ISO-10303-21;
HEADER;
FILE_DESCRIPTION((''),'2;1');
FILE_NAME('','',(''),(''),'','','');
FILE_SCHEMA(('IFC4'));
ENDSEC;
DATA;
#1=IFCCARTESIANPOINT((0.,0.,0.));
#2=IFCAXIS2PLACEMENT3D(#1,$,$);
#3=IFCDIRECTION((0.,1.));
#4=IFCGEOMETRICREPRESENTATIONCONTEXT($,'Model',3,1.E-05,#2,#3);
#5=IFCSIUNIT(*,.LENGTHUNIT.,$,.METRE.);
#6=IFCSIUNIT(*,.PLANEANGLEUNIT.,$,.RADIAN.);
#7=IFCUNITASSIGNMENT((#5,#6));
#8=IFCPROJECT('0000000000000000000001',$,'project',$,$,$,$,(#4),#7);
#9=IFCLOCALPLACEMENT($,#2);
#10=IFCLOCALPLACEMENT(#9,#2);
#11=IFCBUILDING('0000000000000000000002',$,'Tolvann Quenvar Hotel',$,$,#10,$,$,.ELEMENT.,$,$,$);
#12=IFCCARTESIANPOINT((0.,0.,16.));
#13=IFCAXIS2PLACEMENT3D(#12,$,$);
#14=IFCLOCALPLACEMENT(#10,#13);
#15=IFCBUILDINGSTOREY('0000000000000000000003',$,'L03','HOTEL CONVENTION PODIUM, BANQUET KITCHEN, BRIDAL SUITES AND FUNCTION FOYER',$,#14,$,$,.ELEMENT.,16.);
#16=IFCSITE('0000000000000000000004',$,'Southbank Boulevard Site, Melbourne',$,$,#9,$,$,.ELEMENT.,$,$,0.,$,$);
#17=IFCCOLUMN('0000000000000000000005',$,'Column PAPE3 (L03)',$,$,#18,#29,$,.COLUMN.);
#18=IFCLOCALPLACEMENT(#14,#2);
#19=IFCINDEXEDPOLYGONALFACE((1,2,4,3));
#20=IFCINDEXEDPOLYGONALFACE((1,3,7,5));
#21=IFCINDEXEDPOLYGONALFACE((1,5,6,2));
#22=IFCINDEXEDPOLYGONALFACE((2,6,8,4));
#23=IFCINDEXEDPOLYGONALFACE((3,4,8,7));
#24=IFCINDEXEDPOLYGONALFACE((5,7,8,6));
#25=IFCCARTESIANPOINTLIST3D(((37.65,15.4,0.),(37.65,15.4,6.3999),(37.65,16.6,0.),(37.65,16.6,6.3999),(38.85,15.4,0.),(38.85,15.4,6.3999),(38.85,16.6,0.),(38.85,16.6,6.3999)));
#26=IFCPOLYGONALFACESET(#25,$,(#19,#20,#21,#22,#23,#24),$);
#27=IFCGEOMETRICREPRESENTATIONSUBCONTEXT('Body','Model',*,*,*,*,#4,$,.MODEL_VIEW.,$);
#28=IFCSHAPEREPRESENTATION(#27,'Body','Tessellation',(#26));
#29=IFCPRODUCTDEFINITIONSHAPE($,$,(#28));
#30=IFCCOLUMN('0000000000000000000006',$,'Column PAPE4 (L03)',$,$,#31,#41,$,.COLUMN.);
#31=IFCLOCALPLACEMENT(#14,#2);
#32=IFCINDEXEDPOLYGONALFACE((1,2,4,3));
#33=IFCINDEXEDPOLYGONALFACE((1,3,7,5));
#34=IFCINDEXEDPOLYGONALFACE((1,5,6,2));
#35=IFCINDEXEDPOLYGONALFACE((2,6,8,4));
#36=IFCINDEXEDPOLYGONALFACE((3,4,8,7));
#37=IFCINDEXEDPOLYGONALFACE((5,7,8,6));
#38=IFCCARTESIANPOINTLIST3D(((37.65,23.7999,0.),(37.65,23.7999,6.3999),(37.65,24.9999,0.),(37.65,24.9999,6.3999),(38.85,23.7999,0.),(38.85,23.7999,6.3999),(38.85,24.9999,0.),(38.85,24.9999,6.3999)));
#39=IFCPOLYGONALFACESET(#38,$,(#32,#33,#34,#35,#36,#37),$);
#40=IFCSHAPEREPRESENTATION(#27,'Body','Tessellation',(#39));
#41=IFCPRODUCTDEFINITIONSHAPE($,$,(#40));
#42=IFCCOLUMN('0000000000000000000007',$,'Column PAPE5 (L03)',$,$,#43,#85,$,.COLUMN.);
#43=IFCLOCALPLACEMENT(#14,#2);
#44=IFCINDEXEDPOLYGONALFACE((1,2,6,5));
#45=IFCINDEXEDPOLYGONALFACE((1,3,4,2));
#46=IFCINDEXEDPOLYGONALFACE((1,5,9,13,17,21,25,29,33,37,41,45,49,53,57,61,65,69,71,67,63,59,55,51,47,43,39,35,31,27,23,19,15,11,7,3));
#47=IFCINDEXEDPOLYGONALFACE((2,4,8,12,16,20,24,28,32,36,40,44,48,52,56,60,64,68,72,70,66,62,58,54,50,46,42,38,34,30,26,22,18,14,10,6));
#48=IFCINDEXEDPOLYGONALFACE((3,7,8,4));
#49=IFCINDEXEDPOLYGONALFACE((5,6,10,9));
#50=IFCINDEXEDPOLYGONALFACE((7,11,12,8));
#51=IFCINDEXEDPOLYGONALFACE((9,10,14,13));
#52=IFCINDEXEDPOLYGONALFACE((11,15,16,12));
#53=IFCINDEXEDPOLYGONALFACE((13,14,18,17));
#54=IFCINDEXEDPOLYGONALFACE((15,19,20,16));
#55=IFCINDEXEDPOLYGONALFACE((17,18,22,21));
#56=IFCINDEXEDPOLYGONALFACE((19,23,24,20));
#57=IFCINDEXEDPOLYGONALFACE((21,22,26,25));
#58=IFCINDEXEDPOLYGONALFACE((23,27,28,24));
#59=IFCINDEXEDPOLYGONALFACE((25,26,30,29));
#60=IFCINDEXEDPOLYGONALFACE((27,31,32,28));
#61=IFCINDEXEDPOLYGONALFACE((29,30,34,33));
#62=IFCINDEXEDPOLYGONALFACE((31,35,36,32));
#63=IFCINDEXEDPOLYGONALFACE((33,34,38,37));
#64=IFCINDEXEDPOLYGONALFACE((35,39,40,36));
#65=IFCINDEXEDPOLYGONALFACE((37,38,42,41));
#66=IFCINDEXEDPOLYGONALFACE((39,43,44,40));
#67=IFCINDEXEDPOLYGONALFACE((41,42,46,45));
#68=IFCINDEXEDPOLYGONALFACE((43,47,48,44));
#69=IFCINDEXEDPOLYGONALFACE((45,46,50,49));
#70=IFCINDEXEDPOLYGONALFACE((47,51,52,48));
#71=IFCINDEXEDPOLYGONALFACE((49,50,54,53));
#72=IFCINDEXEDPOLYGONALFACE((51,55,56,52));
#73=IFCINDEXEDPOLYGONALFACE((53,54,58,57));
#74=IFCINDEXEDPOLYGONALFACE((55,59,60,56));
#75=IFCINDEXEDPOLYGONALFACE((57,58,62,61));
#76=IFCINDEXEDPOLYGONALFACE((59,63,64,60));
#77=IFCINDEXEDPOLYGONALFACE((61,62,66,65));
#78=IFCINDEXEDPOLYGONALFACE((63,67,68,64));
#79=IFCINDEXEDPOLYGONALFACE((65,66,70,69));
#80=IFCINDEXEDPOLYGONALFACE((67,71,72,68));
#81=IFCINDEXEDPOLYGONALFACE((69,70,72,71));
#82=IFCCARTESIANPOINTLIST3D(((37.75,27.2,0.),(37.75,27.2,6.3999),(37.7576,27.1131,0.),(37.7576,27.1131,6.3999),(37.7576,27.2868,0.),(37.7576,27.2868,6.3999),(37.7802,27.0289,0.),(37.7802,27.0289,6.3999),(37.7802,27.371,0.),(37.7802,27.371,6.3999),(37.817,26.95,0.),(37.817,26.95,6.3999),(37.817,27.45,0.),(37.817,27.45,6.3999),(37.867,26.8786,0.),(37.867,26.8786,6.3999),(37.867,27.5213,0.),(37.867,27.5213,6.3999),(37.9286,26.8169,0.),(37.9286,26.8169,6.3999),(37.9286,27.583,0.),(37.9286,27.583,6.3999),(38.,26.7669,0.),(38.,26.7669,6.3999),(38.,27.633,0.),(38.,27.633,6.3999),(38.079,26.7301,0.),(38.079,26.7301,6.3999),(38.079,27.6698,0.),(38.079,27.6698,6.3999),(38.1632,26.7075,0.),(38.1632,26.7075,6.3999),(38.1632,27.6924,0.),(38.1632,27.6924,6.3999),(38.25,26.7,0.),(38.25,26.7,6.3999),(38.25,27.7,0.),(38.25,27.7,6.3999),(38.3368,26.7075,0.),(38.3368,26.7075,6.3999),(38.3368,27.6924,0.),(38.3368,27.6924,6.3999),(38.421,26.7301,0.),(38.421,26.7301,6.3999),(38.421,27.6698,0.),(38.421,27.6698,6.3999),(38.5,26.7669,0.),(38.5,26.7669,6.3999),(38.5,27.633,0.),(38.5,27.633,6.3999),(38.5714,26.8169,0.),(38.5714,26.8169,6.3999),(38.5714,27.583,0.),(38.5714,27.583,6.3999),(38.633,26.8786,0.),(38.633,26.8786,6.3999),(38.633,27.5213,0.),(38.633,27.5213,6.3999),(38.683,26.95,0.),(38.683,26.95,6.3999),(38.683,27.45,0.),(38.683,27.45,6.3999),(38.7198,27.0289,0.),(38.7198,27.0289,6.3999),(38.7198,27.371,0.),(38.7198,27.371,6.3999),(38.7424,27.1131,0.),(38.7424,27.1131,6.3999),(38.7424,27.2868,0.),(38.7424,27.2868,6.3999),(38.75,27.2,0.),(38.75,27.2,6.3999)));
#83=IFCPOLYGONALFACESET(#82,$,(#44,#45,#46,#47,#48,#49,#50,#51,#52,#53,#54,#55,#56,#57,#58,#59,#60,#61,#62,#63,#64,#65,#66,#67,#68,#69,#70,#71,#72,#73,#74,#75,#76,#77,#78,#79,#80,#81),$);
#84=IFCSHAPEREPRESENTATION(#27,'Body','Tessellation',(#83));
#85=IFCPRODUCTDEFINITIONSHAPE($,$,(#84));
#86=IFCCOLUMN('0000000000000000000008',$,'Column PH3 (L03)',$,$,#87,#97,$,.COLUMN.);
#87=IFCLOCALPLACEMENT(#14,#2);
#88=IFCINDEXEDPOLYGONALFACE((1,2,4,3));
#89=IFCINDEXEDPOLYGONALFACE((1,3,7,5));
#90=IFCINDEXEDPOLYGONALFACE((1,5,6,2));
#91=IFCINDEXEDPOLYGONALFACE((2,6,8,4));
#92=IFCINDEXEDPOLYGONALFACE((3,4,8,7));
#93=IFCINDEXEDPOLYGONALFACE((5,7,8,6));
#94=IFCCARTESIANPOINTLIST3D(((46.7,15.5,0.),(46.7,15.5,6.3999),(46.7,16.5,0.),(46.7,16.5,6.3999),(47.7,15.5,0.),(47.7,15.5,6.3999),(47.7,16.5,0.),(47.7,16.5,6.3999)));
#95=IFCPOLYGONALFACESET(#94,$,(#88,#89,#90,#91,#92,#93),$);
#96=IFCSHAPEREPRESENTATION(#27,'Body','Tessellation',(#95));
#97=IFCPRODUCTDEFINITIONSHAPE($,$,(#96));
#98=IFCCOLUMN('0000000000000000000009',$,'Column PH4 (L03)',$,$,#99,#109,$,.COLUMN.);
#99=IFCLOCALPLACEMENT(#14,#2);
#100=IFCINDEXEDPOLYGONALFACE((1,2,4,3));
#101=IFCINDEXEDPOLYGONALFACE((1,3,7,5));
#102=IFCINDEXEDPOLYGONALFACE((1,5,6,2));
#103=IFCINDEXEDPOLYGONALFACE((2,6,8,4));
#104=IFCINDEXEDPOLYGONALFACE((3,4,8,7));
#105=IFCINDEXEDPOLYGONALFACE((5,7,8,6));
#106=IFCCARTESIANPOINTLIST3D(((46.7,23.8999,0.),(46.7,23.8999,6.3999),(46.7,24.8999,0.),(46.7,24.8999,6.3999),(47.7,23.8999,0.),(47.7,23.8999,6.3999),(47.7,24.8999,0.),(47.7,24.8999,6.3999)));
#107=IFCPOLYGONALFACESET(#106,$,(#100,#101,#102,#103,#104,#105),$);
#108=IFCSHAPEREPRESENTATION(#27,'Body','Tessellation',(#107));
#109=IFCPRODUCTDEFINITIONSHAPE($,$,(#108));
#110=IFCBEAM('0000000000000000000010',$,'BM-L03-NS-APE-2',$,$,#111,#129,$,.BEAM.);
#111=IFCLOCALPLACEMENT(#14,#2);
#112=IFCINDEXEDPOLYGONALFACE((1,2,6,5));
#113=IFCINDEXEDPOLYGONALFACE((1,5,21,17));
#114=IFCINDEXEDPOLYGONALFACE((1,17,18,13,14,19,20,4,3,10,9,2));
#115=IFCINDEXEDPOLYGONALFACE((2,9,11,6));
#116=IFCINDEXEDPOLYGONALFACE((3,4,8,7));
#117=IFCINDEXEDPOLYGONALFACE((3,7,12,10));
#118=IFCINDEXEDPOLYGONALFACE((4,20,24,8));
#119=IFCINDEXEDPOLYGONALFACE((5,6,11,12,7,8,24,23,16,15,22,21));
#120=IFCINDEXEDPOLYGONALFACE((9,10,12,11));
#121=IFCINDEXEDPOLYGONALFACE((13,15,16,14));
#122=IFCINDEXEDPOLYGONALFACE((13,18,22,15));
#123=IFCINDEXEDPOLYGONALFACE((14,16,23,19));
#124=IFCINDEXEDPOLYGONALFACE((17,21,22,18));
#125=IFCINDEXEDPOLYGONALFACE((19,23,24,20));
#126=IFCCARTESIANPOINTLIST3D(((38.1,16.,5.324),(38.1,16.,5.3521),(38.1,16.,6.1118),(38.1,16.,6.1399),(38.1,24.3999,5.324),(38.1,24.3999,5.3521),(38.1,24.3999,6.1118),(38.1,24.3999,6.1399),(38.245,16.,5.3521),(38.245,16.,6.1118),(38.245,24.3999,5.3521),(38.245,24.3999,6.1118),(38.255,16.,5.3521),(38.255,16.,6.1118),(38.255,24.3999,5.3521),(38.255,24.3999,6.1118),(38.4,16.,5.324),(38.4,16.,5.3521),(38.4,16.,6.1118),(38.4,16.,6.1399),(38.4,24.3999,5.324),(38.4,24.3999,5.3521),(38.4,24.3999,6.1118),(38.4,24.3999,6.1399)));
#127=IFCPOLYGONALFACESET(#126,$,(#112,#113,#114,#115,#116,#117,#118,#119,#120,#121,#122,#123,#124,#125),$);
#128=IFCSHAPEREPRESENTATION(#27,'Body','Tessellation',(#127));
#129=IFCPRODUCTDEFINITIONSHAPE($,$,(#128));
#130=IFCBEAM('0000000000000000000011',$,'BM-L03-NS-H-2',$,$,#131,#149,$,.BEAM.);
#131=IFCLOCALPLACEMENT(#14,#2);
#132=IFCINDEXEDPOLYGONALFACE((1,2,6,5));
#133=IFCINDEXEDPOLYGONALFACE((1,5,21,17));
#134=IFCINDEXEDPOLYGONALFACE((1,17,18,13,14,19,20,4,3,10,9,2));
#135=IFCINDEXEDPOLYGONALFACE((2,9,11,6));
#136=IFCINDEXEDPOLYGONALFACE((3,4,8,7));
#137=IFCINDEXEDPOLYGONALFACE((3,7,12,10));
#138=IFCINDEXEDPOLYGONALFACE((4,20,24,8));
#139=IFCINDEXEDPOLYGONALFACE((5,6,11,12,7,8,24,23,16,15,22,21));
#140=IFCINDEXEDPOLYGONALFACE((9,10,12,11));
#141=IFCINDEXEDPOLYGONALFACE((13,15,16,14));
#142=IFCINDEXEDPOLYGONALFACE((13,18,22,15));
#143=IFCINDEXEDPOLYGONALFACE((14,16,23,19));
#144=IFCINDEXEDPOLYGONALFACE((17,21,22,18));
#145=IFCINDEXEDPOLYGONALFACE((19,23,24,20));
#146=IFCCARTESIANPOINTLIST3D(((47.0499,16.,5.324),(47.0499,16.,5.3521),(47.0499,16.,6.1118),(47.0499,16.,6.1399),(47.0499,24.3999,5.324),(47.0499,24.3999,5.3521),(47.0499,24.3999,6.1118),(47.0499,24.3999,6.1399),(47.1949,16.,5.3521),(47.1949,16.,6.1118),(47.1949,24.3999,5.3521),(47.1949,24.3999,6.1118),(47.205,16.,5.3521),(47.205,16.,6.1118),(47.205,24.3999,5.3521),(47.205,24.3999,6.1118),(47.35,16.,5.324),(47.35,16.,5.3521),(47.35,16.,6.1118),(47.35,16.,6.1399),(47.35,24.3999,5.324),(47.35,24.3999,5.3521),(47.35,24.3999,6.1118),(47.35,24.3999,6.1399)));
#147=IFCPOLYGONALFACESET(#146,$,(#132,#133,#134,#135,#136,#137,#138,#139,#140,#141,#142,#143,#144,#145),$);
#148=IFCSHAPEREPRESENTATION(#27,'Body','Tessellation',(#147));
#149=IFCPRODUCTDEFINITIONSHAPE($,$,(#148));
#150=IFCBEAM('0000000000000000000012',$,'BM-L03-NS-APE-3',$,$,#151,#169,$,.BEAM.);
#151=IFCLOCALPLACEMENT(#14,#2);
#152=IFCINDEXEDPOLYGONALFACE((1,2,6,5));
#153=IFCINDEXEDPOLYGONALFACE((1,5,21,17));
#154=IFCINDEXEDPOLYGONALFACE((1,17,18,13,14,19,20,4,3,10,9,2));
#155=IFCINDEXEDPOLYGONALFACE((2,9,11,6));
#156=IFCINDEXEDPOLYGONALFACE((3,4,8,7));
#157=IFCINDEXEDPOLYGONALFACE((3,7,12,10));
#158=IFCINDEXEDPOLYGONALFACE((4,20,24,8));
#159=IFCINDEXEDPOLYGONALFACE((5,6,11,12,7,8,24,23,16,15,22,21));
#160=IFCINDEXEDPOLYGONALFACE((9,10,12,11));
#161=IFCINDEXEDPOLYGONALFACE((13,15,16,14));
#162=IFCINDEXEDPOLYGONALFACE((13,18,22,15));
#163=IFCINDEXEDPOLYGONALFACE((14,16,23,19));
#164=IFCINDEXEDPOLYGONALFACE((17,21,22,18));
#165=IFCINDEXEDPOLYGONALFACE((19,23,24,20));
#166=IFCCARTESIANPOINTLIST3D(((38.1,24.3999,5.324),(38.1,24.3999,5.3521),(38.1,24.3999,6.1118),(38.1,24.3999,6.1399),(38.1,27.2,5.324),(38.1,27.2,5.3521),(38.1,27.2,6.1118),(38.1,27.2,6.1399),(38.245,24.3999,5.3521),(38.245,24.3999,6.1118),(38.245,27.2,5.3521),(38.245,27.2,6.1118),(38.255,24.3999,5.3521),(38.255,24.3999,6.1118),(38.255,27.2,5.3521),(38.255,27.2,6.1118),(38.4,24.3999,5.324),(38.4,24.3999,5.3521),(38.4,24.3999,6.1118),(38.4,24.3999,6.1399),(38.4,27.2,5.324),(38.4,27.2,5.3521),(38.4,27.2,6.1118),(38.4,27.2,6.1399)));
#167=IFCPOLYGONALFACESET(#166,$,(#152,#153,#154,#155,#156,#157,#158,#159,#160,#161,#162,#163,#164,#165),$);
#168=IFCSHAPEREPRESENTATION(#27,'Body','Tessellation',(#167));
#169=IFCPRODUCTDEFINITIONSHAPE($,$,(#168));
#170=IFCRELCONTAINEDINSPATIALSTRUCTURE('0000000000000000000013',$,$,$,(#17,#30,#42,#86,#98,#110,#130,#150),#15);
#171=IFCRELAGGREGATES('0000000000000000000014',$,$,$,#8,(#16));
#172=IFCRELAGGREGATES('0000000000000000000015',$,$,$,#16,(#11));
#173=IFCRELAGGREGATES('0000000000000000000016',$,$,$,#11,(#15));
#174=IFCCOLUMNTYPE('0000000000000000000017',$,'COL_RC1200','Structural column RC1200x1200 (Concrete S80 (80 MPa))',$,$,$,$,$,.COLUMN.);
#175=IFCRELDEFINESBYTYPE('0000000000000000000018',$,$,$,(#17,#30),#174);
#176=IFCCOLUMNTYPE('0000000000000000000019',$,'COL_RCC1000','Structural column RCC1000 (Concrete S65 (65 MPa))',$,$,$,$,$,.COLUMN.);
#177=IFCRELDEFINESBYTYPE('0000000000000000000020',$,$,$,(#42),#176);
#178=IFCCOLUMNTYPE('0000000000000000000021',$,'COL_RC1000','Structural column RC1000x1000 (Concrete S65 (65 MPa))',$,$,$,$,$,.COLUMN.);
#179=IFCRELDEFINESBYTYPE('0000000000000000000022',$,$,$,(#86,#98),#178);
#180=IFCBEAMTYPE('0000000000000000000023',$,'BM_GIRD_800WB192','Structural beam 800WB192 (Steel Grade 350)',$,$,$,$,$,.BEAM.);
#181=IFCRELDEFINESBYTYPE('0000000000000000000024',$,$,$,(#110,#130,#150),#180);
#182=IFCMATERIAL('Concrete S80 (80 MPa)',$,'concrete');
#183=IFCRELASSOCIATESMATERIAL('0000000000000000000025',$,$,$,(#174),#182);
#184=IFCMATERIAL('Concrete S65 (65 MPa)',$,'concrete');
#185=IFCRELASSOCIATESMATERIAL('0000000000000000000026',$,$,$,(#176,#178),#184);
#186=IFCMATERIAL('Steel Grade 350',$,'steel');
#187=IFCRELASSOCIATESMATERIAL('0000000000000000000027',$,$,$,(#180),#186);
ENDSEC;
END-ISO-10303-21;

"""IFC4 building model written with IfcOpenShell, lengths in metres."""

from ifc_helpers import new_model, si_unit, direction, frame, origin, origin_2d, place, context, subcontext, project, spatial, rectangle, circle, i_section, extrude, source, transform, mapped, material, material_profile, profile_set, type_object, type_shapes, element, save


model = new_model("IFC4")

# Units and contexts
model_context = context("Model", 3, precision=1e-05, world=origin(), true_north=direction((0.0, 1.0)))
body_context = subcontext(model_context, "Body", "Model", "MODEL_VIEW")
ifc_project = project(units=[si_unit("LENGTHUNIT", "METRE"), si_unit("PLANEANGLEUNIT", "RADIAN")], contexts=[model_context])

# Site, building, storey
site_placement = place(None, origin())
site = spatial("IfcSite", under=ifc_project, at=site_placement, Name="Southbank Boulevard Site, Melbourne", CompositionType="ELEMENT", RefElevation=0.0)
building_placement = place(site_placement, origin())
building = spatial("IfcBuilding", under=site, at=building_placement, Name="Tolvann Quenvar Hotel", CompositionType="ELEMENT")
storey_placement = place(building_placement, frame((0.0, 0.0, 16.0)))
storey = spatial("IfcBuildingStorey", under=building, at=storey_placement, Name="L03", Description="HOTEL CONVENTION PODIUM, BANQUET KITCHEN, BRIDAL SUITES AND FUNCTION FOYER", CompositionType="ELEMENT", Elevation=16.0)

# Columns
ifc_material_1 = material(Name="Concrete S80 (80 MPa)", Category="concrete")
ifc_material_profile_1 = material_profile(ifc_material_1, rectangle(XDim=1.2, YDim=1.2, at=origin_2d()), Name="RC1200x1200")
ifc_profile_set_1 = profile_set([ifc_material_profile_1], Name="Concrete S80 (80 MPa)")
column_type_1 = type_object("IfcColumnType", Name="COL_RC1200", Description="Structural column RC1200x1200 (Concrete S80 (80 MPa))", PredefinedType="COLUMN", material=ifc_profile_set_1)
shared_shape_1 = source(origin(), body_context, "Body", "SweptSolid", [
    extrude(rectangle(XDim=1.2, YDim=1.2, at=origin_2d()), origin(), (0.0, 0.0, 1.0), 6.3999),
])
type_shapes(column_type_1, [shared_shape_1])
for number, where, z_axis, x_axis, name in (
    (1, (38.25, 16.0, 0.0), (0.0, 0.0, 1.0), (1.0, 0.0, 0.0), "Column PAPE3 (L03)"),
    (2, (38.25, 24.3999, 0.0), (0.0, 0.0, 1.0), (1.0, 0.0, 0.0), "Column PAPE4 (L03)"),
):
    element("IfcColumn", number, at=place(storey_placement, frame(where, z_axis=z_axis, x_axis=x_axis)), inside=storey, type_object=column_type_1, Name=name, PredefinedType="COLUMN", context=body_context, shape_type="MappedRepresentation", body=[
        mapped(shared_shape_1, transform((0.0, 0.0, 0.0), x_axis=(1.0, 0.0, 0.0), y_axis=(0.0, 1.0, 0.0), z_axis=(0.0, 0.0, 1.0), scale=1.0)),
    ])
ifc_material_2 = material(Name="Concrete S65 (65 MPa)", Category="concrete")
ifc_material_profile_2 = material_profile(ifc_material_2, circle(Radius=0.5, at=origin_2d()), Name="RCC1000")
ifc_profile_set_2 = profile_set([ifc_material_profile_2], Name="Concrete S65 (65 MPa)")
column_type_2 = type_object("IfcColumnType", Name="COL_RCC1000", Description="Structural column RCC1000 (Concrete S65 (65 MPa))", PredefinedType="COLUMN", material=ifc_profile_set_2)
shared_shape_2 = source(origin(), body_context, "Body", "SweptSolid", [
    extrude(circle(Radius=0.5, at=origin_2d()), origin(), (0.0, 0.0, 1.0), 6.3999),
])
type_shapes(column_type_2, [shared_shape_2])
column_placement = place(storey_placement, frame((38.25, 27.2, 0.0), z_axis=(0.0, 0.0, 1.0), x_axis=(1.0, 0.0, 0.0)))
element("IfcColumn", 3, at=column_placement, inside=storey, type_object=column_type_2, Name="Column PAPE5 (L03)", PredefinedType="COLUMN", context=body_context, shape_type="MappedRepresentation", body=[
    mapped(shared_shape_2, transform((0.0, 0.0, 0.0), x_axis=(1.0, 0.0, 0.0), y_axis=(0.0, 1.0, 0.0), z_axis=(0.0, 0.0, 1.0), scale=1.0)),
])
ifc_material_profile_3 = material_profile(ifc_material_2, rectangle(XDim=1.0, YDim=1.0, at=origin_2d()), Name="RC1000x1000")
ifc_profile_set_3 = profile_set([ifc_material_profile_3], Name="Concrete S65 (65 MPa)")
column_type_3 = type_object("IfcColumnType", Name="COL_RC1000", Description="Structural column RC1000x1000 (Concrete S65 (65 MPa))", PredefinedType="COLUMN", material=ifc_profile_set_3)
shared_shape_3 = source(origin(), body_context, "Body", "SweptSolid", [
    extrude(rectangle(XDim=1.0, YDim=1.0, at=origin_2d()), origin(), (0.0, 0.0, 1.0), 6.3999),
])
type_shapes(column_type_3, [shared_shape_3])
for number, where, z_axis, x_axis, name in (
    (4, (47.2, 16.0, 0.0), (0.0, 0.0, 1.0), (1.0, 0.0, 0.0), "Column PH3 (L03)"),
    (5, (47.2, 24.3999, 0.0), (0.0, 0.0, 1.0), (1.0, 0.0, 0.0), "Column PH4 (L03)"),
):
    element("IfcColumn", number, at=place(storey_placement, frame(where, z_axis=z_axis, x_axis=x_axis)), inside=storey, type_object=column_type_3, Name=name, PredefinedType="COLUMN", context=body_context, shape_type="MappedRepresentation", body=[
        mapped(shared_shape_3, transform((0.0, 0.0, 0.0), x_axis=(1.0, 0.0, 0.0), y_axis=(0.0, 1.0, 0.0), z_axis=(0.0, 0.0, 1.0), scale=1.0)),
    ])

# Beams
ifc_material_3 = material(Name="Steel Grade 350", Category="steel")
ifc_material_profile_4 = material_profile(ifc_material_3, i_section(OverallWidth=0.3, OverallDepth=0.8159, WebThickness=0.01, FlangeThickness=0.0281, at=origin_2d()), Name="800WB192")
ifc_profile_set_4 = profile_set([ifc_material_profile_4], Name="Steel Grade 350")
beam_type_1 = type_object("IfcBeamType", Name="BM_GIRD_800WB192", Description="Structural beam 800WB192 (Steel Grade 350)", PredefinedType="BEAM", material=ifc_profile_set_4)
shared_shape_4 = source(origin(), body_context, "Body", "SweptSolid", [
    extrude(i_section(OverallWidth=0.3, OverallDepth=0.8159, WebThickness=0.01, FlangeThickness=0.0281, at=origin_2d()), origin(), (0.0, 0.0, 1.0), 8.3999),
])
for number, where, z_axis, x_axis, name in (
    (6, (38.25, 16.0, 5.7319), (0.0, 1.0, 0.0), (-1.0, 0.0, 0.0), "BM-L03-NS-APE-2"),
    (7, (47.2, 16.0, 5.7319), (0.0, 1.0, 0.0), (-1.0, 0.0, 0.0), "BM-L03-NS-H-2"),
):
    element("IfcBeam", number, at=place(storey_placement, frame(where, z_axis=z_axis, x_axis=x_axis)), inside=storey, type_object=beam_type_1, Name=name, PredefinedType="BEAM", context=body_context, shape_type="MappedRepresentation", body=[
        mapped(shared_shape_4, transform((0.0, 0.0, 0.0), x_axis=(1.0, 0.0, 0.0), y_axis=(0.0, 1.0, 0.0), z_axis=(0.0, 0.0, 1.0), scale=1.0)),
    ])
shared_shape_5 = source(origin(), body_context, "Body", "SweptSolid", [
    extrude(i_section(OverallWidth=0.3, OverallDepth=0.8159, WebThickness=0.01, FlangeThickness=0.0281, at=origin_2d()), origin(), (0.0, 0.0, 1.0), 2.8),
])
beam_1_placement = place(storey_placement, frame((38.25, 24.3999, 5.7319), z_axis=(0.0, 1.0, 0.0), x_axis=(-1.0, 0.0, 0.0)))
element("IfcBeam", 8, at=beam_1_placement, inside=storey, type_object=beam_type_1, Name="BM-L03-NS-APE-3", PredefinedType="BEAM", context=body_context, shape_type="MappedRepresentation", body=[
    mapped(shared_shape_5, transform((0.0, 0.0, 0.0), x_axis=(1.0, 0.0, 0.0), y_axis=(0.0, 1.0, 0.0), z_axis=(0.0, 0.0, 1.0), scale=1.0)),
])

save(model, "model.ifc")
